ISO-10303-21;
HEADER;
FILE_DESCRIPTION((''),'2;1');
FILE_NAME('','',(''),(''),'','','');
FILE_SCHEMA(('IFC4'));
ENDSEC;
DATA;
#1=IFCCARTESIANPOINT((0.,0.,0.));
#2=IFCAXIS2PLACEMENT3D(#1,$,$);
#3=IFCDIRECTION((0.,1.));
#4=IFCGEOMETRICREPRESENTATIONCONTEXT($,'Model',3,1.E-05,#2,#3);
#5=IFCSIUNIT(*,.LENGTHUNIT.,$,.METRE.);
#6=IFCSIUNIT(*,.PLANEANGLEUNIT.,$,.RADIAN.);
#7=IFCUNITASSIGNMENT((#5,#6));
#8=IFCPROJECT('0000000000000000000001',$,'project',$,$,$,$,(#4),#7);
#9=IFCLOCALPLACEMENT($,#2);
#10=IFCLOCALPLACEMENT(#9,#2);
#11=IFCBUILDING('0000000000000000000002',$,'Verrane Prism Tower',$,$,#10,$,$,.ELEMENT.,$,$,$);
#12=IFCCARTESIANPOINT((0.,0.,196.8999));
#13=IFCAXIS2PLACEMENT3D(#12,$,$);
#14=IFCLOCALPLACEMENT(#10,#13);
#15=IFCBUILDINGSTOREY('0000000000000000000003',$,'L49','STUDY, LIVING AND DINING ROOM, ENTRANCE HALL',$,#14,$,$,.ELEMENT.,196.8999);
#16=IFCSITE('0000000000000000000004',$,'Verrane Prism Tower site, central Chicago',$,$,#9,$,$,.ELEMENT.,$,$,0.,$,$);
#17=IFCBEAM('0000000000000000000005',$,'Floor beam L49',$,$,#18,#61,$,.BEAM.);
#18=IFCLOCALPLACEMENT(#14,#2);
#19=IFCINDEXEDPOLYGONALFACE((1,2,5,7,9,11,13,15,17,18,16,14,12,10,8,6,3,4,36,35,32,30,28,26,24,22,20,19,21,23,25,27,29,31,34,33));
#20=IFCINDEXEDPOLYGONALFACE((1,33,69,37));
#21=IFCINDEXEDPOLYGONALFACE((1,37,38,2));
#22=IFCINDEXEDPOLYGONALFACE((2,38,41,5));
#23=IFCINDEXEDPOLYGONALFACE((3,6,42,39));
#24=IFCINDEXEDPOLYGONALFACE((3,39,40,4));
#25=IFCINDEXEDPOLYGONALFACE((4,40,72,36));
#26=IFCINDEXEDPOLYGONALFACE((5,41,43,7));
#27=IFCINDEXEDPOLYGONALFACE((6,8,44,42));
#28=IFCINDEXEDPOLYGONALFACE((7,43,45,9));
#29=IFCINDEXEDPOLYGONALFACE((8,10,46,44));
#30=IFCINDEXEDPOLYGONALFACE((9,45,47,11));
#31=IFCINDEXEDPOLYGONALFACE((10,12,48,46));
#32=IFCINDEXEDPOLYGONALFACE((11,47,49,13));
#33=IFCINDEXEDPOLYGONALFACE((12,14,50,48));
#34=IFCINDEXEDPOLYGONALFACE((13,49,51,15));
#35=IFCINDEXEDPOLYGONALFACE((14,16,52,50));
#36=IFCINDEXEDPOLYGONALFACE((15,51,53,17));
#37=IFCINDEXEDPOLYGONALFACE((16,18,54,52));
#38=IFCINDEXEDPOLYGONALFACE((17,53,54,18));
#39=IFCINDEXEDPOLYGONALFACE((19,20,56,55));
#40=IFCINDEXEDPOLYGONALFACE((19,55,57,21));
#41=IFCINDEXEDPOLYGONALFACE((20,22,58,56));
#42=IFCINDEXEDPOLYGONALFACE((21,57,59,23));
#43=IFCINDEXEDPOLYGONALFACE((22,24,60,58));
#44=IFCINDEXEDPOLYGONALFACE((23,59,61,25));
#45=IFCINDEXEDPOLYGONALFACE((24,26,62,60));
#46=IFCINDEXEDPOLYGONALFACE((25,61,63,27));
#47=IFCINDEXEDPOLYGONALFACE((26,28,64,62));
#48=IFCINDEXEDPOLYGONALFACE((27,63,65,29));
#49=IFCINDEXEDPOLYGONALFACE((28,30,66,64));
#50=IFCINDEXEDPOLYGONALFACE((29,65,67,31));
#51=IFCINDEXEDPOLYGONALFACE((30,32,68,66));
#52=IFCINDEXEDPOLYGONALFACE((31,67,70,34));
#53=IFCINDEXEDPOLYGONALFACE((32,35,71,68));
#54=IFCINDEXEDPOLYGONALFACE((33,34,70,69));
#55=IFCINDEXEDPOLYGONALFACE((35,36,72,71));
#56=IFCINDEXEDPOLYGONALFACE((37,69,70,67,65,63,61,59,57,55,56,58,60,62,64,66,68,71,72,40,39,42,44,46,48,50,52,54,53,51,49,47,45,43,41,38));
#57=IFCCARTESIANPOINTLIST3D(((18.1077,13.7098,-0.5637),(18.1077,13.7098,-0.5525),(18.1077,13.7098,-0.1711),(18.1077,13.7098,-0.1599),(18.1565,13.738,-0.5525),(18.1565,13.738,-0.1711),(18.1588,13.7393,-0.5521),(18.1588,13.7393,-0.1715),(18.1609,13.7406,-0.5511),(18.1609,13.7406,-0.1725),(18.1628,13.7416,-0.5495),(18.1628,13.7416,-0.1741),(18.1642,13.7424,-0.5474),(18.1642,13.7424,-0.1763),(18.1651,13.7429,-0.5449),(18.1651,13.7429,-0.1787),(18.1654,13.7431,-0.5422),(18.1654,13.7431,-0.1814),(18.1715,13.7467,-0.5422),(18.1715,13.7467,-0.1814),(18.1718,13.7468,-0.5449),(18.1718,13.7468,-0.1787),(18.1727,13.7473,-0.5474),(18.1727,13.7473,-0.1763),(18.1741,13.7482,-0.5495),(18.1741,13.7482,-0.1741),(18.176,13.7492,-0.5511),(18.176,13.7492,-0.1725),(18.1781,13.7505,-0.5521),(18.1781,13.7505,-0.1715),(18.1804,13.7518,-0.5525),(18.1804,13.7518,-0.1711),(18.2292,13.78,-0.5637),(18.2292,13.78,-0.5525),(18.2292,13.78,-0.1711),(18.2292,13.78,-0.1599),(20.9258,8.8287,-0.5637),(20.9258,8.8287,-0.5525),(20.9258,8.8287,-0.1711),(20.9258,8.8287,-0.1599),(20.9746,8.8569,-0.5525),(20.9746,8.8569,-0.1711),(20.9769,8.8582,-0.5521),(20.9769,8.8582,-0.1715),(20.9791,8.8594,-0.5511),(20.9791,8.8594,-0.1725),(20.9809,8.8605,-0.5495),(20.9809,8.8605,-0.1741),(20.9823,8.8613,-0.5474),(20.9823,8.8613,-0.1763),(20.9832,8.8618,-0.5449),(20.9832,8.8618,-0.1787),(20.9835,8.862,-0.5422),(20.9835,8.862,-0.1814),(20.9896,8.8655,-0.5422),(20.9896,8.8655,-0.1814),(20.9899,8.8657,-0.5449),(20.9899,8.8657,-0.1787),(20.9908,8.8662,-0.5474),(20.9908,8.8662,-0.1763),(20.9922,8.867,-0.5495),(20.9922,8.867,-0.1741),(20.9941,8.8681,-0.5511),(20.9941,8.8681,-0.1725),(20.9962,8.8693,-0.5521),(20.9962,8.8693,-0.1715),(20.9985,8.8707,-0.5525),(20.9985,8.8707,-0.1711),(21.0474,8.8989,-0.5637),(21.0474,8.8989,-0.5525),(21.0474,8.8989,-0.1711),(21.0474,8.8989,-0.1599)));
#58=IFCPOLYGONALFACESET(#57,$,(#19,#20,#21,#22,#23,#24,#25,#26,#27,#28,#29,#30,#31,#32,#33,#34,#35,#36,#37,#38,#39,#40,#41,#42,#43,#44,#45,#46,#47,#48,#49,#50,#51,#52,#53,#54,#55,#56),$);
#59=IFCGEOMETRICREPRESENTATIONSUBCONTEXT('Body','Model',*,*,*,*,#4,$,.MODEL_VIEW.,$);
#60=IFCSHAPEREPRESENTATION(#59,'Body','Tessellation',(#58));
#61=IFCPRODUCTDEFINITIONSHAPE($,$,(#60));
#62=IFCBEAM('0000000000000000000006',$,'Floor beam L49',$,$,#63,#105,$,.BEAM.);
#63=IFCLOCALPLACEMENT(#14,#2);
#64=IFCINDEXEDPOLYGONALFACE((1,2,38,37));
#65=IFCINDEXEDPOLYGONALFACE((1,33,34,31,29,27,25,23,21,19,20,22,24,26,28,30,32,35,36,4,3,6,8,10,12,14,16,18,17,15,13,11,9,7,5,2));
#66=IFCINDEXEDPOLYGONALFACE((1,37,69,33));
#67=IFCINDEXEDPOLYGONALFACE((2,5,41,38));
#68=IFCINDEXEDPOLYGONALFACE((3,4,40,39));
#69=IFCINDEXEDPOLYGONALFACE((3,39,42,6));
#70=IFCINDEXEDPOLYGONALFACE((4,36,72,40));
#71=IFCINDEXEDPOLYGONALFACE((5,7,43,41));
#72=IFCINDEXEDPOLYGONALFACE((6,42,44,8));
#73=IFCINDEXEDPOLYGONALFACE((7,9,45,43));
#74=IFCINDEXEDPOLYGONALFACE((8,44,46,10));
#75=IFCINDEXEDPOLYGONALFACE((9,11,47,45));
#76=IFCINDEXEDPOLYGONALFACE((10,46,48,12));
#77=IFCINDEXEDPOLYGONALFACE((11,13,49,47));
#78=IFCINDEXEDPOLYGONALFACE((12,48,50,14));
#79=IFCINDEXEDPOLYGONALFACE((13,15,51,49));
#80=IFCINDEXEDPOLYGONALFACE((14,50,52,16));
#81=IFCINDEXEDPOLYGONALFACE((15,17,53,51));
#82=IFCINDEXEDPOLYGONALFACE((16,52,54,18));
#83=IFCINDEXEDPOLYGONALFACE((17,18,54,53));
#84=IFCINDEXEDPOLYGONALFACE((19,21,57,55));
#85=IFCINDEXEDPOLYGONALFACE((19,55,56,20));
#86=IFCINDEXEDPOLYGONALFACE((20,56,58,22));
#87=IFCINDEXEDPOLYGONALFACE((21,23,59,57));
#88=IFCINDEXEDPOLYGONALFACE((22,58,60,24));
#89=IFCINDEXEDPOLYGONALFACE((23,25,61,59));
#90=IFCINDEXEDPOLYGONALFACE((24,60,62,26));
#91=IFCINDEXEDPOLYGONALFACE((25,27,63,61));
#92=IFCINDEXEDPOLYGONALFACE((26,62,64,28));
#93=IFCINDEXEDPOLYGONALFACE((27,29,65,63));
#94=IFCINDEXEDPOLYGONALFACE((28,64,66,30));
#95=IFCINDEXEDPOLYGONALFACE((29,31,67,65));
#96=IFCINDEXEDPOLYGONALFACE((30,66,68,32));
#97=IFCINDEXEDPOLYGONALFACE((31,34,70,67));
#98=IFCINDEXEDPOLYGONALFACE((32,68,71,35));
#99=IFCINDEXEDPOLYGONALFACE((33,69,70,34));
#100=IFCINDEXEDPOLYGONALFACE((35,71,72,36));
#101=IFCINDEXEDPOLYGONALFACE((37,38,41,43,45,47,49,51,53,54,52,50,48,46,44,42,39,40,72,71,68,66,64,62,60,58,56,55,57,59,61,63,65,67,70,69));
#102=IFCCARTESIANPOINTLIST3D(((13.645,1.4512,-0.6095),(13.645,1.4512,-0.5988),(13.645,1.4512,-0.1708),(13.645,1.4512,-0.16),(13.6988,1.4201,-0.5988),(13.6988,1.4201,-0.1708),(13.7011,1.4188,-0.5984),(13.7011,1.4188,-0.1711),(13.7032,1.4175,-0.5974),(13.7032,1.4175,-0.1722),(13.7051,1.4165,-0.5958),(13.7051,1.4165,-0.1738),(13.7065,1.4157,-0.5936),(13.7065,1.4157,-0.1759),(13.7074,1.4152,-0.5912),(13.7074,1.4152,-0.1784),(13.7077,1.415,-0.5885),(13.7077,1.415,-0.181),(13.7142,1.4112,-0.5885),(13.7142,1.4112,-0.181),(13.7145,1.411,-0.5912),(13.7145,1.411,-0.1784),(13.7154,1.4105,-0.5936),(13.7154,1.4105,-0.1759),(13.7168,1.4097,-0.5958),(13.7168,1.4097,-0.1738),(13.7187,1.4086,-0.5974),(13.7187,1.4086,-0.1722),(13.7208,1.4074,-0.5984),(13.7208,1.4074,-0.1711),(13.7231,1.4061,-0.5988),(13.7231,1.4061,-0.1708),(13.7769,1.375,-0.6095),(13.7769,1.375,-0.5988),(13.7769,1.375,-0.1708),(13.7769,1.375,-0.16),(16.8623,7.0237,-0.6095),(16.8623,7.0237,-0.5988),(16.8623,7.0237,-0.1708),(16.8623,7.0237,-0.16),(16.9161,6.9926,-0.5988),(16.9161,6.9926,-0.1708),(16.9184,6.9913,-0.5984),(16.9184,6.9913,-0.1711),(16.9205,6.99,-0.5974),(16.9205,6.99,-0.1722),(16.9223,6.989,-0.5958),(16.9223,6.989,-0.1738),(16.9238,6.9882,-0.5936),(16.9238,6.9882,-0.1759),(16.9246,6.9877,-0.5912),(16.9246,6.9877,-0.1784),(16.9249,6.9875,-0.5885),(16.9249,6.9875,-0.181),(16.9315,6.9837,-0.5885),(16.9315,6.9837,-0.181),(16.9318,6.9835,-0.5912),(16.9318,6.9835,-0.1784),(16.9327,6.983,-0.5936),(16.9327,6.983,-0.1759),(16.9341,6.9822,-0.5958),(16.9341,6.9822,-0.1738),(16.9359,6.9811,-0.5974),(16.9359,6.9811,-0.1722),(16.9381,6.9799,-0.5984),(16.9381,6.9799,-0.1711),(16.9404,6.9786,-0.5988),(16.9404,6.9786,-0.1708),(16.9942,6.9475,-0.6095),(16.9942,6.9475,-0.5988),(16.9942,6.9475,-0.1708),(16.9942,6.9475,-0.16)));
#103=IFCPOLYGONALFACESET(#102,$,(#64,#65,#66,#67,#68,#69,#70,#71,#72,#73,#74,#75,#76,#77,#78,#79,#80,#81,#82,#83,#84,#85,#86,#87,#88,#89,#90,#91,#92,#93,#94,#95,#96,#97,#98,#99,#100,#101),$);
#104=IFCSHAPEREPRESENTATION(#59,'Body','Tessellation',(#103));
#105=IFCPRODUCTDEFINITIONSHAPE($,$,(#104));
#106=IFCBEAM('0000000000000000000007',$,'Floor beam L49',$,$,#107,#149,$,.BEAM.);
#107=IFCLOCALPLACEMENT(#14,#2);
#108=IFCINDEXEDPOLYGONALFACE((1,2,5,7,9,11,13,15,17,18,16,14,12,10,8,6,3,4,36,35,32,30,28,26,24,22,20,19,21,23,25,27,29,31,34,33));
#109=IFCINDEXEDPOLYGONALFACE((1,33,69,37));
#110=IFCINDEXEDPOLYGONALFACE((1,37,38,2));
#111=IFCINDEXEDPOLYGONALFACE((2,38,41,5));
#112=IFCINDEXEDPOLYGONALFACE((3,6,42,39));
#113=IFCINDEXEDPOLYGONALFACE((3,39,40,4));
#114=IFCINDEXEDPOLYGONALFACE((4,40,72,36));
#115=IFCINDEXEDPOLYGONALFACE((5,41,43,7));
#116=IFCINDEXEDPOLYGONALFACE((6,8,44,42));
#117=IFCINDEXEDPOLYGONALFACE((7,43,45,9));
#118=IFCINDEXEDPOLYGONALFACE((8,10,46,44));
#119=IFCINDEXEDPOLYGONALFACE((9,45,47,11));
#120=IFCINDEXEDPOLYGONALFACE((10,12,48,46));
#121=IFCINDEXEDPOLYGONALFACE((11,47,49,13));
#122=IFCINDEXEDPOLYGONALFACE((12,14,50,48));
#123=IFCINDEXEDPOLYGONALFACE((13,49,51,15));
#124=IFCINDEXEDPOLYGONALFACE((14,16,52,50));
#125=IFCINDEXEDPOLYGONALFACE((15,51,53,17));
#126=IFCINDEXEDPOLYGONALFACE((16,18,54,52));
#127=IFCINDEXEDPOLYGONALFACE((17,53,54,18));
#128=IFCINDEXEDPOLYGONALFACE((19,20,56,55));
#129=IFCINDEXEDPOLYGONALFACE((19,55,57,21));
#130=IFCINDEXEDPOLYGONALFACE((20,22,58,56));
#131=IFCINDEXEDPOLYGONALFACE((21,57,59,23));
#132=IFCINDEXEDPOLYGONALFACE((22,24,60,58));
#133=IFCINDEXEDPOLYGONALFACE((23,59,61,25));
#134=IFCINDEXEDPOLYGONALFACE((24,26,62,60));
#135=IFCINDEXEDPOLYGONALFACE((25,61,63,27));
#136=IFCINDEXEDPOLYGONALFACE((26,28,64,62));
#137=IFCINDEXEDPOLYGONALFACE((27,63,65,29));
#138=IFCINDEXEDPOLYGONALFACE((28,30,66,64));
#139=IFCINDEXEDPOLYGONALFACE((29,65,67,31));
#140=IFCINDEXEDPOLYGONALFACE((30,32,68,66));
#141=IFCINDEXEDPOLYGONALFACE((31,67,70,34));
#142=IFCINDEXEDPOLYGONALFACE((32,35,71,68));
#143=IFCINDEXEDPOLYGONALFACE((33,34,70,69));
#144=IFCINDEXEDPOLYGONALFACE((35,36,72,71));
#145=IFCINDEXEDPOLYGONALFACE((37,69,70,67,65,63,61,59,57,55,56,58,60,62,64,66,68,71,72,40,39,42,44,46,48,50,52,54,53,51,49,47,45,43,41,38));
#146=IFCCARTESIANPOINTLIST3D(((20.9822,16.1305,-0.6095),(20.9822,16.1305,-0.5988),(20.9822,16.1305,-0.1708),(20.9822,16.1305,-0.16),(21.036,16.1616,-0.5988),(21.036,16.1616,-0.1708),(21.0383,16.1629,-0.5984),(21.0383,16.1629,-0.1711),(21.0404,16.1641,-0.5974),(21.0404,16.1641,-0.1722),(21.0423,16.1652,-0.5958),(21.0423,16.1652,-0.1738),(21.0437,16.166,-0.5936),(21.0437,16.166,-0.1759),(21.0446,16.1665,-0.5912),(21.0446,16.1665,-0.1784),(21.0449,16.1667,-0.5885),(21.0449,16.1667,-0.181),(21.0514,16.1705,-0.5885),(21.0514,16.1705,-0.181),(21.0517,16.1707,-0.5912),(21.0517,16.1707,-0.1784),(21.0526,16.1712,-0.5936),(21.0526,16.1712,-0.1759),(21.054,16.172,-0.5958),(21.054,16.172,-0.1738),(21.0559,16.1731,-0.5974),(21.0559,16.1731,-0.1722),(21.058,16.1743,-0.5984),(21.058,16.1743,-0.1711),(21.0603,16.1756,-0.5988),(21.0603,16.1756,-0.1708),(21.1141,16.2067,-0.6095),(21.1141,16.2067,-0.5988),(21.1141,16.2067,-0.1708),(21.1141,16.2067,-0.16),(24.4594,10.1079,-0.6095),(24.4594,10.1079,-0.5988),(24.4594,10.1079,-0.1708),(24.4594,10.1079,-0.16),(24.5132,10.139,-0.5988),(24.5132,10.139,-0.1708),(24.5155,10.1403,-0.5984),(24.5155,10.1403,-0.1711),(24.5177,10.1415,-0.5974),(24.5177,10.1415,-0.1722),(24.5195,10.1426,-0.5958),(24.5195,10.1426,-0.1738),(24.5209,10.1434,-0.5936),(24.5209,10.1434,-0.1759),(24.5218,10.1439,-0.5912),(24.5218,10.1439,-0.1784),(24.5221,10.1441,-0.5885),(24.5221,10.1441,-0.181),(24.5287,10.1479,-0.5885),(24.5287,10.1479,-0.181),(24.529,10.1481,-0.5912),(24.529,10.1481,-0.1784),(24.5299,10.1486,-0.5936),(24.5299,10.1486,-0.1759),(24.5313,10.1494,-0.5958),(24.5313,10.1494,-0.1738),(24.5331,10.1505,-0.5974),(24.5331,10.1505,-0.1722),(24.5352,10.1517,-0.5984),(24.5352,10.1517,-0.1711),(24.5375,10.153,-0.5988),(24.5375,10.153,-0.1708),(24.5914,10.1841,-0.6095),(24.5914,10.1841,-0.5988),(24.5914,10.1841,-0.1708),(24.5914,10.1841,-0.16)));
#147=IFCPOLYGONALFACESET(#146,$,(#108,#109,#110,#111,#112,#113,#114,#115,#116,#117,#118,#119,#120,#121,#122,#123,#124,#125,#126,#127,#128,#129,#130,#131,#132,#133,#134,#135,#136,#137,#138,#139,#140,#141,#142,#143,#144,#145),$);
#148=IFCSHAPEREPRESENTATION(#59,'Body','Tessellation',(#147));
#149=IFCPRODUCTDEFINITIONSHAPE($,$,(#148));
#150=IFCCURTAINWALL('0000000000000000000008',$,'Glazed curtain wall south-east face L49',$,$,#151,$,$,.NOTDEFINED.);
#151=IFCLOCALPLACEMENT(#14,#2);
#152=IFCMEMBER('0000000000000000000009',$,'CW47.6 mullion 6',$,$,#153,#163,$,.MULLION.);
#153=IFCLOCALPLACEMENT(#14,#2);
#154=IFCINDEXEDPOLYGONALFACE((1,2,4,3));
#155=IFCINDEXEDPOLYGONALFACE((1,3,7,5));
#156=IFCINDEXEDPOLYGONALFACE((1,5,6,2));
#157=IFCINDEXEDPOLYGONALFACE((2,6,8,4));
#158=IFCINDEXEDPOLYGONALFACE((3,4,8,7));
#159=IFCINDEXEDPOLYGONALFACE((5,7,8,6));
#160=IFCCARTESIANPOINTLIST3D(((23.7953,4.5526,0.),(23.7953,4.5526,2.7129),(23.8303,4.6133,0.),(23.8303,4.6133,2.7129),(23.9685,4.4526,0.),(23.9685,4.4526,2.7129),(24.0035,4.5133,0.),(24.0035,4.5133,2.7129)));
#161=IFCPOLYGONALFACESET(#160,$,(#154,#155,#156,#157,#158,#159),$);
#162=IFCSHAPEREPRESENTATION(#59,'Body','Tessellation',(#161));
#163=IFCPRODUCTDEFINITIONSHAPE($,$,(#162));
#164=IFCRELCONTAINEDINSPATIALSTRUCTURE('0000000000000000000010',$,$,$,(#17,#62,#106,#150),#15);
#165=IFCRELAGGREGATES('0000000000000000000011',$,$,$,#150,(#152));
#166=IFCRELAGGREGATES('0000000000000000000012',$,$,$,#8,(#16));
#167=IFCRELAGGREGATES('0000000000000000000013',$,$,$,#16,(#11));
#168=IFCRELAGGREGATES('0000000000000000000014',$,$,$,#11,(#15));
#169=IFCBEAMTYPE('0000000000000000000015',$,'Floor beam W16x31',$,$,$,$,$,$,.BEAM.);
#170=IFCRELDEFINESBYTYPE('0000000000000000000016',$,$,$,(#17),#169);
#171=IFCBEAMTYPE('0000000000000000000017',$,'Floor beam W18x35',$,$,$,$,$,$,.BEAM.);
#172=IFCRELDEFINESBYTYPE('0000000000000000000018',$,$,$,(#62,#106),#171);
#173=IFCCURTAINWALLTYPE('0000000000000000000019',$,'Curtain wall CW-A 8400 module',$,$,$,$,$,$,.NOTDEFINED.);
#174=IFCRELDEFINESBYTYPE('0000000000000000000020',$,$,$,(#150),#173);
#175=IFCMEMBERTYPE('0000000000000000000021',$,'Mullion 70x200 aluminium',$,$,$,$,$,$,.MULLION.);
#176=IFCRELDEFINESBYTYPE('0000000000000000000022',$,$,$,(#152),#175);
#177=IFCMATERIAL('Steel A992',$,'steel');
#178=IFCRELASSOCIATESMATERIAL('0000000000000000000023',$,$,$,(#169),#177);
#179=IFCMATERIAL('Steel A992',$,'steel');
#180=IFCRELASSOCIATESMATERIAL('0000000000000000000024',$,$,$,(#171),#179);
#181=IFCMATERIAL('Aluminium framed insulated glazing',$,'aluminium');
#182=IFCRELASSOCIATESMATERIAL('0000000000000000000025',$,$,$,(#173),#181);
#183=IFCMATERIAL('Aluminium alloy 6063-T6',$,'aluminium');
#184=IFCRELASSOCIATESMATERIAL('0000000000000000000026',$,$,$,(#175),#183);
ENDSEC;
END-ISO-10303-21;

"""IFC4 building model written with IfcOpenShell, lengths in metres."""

from ifc_helpers import new_model, si_unit, direction, frame, origin, origin_2d, place, context, subcontext, project, spatial, rectangle, i_section, extrude, material, material_profile, profile_set, type_object, element, aggregate, save


model = new_model("IFC4")

# Units and contexts
model_context = context("Model", 3, precision=1e-05, world=origin(), true_north=direction((0.0, 1.0)))
body_context = subcontext(model_context, "Body", "Model", "MODEL_VIEW")
ifc_project = project(units=[si_unit("LENGTHUNIT", "METRE"), si_unit("PLANEANGLEUNIT", "RADIAN")], contexts=[model_context])

# Site, building, storey
site_placement = place(None, origin())
site = spatial("IfcSite", under=ifc_project, at=site_placement, Name="Verrane Prism Tower site, central Chicago", CompositionType="ELEMENT", RefElevation=0.0)
building_placement = place(site_placement, origin())
building = spatial("IfcBuilding", under=site, at=building_placement, Name="Verrane Prism Tower", CompositionType="ELEMENT")
storey_placement = place(building_placement, frame((0.0, 0.0, 196.8999)))
storey = spatial("IfcBuildingStorey", under=building, at=storey_placement, Name="L49", Description="STUDY, LIVING AND DINING ROOM, ENTRANCE HALL", CompositionType="ELEMENT", Elevation=196.8999)

# Beams
ifc_material_1 = material(Name="Steel A992", Category="steel")
ifc_material_profile_1 = material_profile(ifc_material_1, i_section(OverallWidth=0.1404, OverallDepth=0.4038, WebThickness=0.0071, FlangeThickness=0.0112, FilletRadius=0.0103, at=origin_2d()), Name="W16x31")
ifc_profile_set_1 = profile_set([ifc_material_profile_1], Name="Steel A992")
beam_type_1 = type_object("IfcBeamType", Name="Floor beam W16x31", PredefinedType="BEAM", material=ifc_profile_set_1)
beam_1_placement = place(storey_placement, frame((20.9866, 8.8638, -0.3618), z_axis=(-0.500001, 0.866025, 0.0), x_axis=(-0.866025, -0.500001, 0.0)))
element("IfcBeam", 1, at=beam_1_placement, inside=storey, type_object=beam_type_1, Name="Floor beam L49", PredefinedType="BEAM", context=body_context, shape_type="SweptSolid", body=[
    extrude(i_section(OverallWidth=0.1404, OverallDepth=0.4038, WebThickness=0.0071, FlangeThickness=0.0112, FilletRadius=0.0103, at=origin_2d()), origin(), (0.0, 0.0, 1.0), 5.6362),
])
ifc_material_2 = material(Name="Steel A992", Category="steel")
ifc_material_profile_2 = material_profile(ifc_material_2, i_section(OverallWidth=0.1523, OverallDepth=0.4495, WebThickness=0.0076, FlangeThickness=0.0107, FilletRadius=0.0103, at=origin_2d()), Name="W18x35")
ifc_profile_set_2 = profile_set([ifc_material_profile_2], Name="Steel A992")
beam_type_2 = type_object("IfcBeamType", Name="Floor beam W18x35", PredefinedType="BEAM", material=ifc_profile_set_2)
beam_2_placement = place(storey_placement, frame((13.7109, 1.4131, -0.3848), z_axis=(0.499999, 0.866026, 0.0), x_axis=(-0.866026, 0.499999, 0.0)))
element("IfcBeam", 2, at=beam_2_placement, inside=storey, type_object=beam_type_2, Name="Floor beam L49", PredefinedType="BEAM", context=body_context, shape_type="SweptSolid", body=[
    extrude(i_section(OverallWidth=0.1523, OverallDepth=0.4495, WebThickness=0.0076, FlangeThickness=0.0107, FilletRadius=0.0103, at=origin_2d()), origin(), (0.0, 0.0, 1.0), 6.4346),
])
beam_3_placement = place(storey_placement, frame((24.5254, 10.146, -0.3848), z_axis=(-0.500009, 0.86602, 0.0), x_axis=(-0.86602, -0.500009, 0.0)))
element("IfcBeam", 3, at=beam_3_placement, inside=storey, type_object=beam_type_2, Name="Floor beam L49", PredefinedType="BEAM", context=body_context, shape_type="SweptSolid", body=[
    extrude(i_section(OverallWidth=0.1523, OverallDepth=0.4495, WebThickness=0.0076, FlangeThickness=0.0107, FilletRadius=0.0103, at=origin_2d()), origin(), (0.0, 0.0, 1.0), 6.9543),
])

# Curtain wall, member
ifc_material_3 = material(Name="Aluminium framed insulated glazing", Category="aluminium")
curtain_wall_type = type_object("IfcCurtainWallType", Name="Curtain wall CW-A 8400 module", PredefinedType="NOTDEFINED", material=ifc_material_3)
curtain_wall_placement = place(storey_placement, origin())
curtain_wall = element("IfcCurtainWall", 4, at=curtain_wall_placement, inside=storey, type_object=curtain_wall_type, Name="Glazed curtain wall south-east face L49", PredefinedType="NOTDEFINED")
ifc_material_4 = material(Name="Aluminium alloy 6063-T6", Category="aluminium")
ifc_material_profile_3 = material_profile(ifc_material_4, rectangle(XDim=0.2, YDim=0.0701, at=origin_2d()), Name="Mullion 70x200 aluminium")
ifc_profile_set_3 = profile_set([ifc_material_profile_3], Name="Aluminium alloy 6063-T6")
member_type_1 = type_object("IfcMemberType", Name="Mullion 70x200 aluminium", PredefinedType="MULLION", material=ifc_profile_set_3)
member_1_placement = place(storey_placement, frame((23.8994, 4.533, 0.0), z_axis=(0.0, 0.0, 1.0), x_axis=(-0.866026, 0.5, 0.0)))
member_1 = element("IfcMember", 5, at=member_1_placement, type_object=member_type_1, Name="CW47.6 mullion 6", PredefinedType="MULLION", context=body_context, shape_type="SweptSolid", body=[
    extrude(rectangle(XDim=0.2, YDim=0.0701, at=origin_2d()), origin(), (0.0, 0.0, 1.0), 2.7129),
])

aggregate(curtain_wall, [member_1])

save(model, "model.ifc")
